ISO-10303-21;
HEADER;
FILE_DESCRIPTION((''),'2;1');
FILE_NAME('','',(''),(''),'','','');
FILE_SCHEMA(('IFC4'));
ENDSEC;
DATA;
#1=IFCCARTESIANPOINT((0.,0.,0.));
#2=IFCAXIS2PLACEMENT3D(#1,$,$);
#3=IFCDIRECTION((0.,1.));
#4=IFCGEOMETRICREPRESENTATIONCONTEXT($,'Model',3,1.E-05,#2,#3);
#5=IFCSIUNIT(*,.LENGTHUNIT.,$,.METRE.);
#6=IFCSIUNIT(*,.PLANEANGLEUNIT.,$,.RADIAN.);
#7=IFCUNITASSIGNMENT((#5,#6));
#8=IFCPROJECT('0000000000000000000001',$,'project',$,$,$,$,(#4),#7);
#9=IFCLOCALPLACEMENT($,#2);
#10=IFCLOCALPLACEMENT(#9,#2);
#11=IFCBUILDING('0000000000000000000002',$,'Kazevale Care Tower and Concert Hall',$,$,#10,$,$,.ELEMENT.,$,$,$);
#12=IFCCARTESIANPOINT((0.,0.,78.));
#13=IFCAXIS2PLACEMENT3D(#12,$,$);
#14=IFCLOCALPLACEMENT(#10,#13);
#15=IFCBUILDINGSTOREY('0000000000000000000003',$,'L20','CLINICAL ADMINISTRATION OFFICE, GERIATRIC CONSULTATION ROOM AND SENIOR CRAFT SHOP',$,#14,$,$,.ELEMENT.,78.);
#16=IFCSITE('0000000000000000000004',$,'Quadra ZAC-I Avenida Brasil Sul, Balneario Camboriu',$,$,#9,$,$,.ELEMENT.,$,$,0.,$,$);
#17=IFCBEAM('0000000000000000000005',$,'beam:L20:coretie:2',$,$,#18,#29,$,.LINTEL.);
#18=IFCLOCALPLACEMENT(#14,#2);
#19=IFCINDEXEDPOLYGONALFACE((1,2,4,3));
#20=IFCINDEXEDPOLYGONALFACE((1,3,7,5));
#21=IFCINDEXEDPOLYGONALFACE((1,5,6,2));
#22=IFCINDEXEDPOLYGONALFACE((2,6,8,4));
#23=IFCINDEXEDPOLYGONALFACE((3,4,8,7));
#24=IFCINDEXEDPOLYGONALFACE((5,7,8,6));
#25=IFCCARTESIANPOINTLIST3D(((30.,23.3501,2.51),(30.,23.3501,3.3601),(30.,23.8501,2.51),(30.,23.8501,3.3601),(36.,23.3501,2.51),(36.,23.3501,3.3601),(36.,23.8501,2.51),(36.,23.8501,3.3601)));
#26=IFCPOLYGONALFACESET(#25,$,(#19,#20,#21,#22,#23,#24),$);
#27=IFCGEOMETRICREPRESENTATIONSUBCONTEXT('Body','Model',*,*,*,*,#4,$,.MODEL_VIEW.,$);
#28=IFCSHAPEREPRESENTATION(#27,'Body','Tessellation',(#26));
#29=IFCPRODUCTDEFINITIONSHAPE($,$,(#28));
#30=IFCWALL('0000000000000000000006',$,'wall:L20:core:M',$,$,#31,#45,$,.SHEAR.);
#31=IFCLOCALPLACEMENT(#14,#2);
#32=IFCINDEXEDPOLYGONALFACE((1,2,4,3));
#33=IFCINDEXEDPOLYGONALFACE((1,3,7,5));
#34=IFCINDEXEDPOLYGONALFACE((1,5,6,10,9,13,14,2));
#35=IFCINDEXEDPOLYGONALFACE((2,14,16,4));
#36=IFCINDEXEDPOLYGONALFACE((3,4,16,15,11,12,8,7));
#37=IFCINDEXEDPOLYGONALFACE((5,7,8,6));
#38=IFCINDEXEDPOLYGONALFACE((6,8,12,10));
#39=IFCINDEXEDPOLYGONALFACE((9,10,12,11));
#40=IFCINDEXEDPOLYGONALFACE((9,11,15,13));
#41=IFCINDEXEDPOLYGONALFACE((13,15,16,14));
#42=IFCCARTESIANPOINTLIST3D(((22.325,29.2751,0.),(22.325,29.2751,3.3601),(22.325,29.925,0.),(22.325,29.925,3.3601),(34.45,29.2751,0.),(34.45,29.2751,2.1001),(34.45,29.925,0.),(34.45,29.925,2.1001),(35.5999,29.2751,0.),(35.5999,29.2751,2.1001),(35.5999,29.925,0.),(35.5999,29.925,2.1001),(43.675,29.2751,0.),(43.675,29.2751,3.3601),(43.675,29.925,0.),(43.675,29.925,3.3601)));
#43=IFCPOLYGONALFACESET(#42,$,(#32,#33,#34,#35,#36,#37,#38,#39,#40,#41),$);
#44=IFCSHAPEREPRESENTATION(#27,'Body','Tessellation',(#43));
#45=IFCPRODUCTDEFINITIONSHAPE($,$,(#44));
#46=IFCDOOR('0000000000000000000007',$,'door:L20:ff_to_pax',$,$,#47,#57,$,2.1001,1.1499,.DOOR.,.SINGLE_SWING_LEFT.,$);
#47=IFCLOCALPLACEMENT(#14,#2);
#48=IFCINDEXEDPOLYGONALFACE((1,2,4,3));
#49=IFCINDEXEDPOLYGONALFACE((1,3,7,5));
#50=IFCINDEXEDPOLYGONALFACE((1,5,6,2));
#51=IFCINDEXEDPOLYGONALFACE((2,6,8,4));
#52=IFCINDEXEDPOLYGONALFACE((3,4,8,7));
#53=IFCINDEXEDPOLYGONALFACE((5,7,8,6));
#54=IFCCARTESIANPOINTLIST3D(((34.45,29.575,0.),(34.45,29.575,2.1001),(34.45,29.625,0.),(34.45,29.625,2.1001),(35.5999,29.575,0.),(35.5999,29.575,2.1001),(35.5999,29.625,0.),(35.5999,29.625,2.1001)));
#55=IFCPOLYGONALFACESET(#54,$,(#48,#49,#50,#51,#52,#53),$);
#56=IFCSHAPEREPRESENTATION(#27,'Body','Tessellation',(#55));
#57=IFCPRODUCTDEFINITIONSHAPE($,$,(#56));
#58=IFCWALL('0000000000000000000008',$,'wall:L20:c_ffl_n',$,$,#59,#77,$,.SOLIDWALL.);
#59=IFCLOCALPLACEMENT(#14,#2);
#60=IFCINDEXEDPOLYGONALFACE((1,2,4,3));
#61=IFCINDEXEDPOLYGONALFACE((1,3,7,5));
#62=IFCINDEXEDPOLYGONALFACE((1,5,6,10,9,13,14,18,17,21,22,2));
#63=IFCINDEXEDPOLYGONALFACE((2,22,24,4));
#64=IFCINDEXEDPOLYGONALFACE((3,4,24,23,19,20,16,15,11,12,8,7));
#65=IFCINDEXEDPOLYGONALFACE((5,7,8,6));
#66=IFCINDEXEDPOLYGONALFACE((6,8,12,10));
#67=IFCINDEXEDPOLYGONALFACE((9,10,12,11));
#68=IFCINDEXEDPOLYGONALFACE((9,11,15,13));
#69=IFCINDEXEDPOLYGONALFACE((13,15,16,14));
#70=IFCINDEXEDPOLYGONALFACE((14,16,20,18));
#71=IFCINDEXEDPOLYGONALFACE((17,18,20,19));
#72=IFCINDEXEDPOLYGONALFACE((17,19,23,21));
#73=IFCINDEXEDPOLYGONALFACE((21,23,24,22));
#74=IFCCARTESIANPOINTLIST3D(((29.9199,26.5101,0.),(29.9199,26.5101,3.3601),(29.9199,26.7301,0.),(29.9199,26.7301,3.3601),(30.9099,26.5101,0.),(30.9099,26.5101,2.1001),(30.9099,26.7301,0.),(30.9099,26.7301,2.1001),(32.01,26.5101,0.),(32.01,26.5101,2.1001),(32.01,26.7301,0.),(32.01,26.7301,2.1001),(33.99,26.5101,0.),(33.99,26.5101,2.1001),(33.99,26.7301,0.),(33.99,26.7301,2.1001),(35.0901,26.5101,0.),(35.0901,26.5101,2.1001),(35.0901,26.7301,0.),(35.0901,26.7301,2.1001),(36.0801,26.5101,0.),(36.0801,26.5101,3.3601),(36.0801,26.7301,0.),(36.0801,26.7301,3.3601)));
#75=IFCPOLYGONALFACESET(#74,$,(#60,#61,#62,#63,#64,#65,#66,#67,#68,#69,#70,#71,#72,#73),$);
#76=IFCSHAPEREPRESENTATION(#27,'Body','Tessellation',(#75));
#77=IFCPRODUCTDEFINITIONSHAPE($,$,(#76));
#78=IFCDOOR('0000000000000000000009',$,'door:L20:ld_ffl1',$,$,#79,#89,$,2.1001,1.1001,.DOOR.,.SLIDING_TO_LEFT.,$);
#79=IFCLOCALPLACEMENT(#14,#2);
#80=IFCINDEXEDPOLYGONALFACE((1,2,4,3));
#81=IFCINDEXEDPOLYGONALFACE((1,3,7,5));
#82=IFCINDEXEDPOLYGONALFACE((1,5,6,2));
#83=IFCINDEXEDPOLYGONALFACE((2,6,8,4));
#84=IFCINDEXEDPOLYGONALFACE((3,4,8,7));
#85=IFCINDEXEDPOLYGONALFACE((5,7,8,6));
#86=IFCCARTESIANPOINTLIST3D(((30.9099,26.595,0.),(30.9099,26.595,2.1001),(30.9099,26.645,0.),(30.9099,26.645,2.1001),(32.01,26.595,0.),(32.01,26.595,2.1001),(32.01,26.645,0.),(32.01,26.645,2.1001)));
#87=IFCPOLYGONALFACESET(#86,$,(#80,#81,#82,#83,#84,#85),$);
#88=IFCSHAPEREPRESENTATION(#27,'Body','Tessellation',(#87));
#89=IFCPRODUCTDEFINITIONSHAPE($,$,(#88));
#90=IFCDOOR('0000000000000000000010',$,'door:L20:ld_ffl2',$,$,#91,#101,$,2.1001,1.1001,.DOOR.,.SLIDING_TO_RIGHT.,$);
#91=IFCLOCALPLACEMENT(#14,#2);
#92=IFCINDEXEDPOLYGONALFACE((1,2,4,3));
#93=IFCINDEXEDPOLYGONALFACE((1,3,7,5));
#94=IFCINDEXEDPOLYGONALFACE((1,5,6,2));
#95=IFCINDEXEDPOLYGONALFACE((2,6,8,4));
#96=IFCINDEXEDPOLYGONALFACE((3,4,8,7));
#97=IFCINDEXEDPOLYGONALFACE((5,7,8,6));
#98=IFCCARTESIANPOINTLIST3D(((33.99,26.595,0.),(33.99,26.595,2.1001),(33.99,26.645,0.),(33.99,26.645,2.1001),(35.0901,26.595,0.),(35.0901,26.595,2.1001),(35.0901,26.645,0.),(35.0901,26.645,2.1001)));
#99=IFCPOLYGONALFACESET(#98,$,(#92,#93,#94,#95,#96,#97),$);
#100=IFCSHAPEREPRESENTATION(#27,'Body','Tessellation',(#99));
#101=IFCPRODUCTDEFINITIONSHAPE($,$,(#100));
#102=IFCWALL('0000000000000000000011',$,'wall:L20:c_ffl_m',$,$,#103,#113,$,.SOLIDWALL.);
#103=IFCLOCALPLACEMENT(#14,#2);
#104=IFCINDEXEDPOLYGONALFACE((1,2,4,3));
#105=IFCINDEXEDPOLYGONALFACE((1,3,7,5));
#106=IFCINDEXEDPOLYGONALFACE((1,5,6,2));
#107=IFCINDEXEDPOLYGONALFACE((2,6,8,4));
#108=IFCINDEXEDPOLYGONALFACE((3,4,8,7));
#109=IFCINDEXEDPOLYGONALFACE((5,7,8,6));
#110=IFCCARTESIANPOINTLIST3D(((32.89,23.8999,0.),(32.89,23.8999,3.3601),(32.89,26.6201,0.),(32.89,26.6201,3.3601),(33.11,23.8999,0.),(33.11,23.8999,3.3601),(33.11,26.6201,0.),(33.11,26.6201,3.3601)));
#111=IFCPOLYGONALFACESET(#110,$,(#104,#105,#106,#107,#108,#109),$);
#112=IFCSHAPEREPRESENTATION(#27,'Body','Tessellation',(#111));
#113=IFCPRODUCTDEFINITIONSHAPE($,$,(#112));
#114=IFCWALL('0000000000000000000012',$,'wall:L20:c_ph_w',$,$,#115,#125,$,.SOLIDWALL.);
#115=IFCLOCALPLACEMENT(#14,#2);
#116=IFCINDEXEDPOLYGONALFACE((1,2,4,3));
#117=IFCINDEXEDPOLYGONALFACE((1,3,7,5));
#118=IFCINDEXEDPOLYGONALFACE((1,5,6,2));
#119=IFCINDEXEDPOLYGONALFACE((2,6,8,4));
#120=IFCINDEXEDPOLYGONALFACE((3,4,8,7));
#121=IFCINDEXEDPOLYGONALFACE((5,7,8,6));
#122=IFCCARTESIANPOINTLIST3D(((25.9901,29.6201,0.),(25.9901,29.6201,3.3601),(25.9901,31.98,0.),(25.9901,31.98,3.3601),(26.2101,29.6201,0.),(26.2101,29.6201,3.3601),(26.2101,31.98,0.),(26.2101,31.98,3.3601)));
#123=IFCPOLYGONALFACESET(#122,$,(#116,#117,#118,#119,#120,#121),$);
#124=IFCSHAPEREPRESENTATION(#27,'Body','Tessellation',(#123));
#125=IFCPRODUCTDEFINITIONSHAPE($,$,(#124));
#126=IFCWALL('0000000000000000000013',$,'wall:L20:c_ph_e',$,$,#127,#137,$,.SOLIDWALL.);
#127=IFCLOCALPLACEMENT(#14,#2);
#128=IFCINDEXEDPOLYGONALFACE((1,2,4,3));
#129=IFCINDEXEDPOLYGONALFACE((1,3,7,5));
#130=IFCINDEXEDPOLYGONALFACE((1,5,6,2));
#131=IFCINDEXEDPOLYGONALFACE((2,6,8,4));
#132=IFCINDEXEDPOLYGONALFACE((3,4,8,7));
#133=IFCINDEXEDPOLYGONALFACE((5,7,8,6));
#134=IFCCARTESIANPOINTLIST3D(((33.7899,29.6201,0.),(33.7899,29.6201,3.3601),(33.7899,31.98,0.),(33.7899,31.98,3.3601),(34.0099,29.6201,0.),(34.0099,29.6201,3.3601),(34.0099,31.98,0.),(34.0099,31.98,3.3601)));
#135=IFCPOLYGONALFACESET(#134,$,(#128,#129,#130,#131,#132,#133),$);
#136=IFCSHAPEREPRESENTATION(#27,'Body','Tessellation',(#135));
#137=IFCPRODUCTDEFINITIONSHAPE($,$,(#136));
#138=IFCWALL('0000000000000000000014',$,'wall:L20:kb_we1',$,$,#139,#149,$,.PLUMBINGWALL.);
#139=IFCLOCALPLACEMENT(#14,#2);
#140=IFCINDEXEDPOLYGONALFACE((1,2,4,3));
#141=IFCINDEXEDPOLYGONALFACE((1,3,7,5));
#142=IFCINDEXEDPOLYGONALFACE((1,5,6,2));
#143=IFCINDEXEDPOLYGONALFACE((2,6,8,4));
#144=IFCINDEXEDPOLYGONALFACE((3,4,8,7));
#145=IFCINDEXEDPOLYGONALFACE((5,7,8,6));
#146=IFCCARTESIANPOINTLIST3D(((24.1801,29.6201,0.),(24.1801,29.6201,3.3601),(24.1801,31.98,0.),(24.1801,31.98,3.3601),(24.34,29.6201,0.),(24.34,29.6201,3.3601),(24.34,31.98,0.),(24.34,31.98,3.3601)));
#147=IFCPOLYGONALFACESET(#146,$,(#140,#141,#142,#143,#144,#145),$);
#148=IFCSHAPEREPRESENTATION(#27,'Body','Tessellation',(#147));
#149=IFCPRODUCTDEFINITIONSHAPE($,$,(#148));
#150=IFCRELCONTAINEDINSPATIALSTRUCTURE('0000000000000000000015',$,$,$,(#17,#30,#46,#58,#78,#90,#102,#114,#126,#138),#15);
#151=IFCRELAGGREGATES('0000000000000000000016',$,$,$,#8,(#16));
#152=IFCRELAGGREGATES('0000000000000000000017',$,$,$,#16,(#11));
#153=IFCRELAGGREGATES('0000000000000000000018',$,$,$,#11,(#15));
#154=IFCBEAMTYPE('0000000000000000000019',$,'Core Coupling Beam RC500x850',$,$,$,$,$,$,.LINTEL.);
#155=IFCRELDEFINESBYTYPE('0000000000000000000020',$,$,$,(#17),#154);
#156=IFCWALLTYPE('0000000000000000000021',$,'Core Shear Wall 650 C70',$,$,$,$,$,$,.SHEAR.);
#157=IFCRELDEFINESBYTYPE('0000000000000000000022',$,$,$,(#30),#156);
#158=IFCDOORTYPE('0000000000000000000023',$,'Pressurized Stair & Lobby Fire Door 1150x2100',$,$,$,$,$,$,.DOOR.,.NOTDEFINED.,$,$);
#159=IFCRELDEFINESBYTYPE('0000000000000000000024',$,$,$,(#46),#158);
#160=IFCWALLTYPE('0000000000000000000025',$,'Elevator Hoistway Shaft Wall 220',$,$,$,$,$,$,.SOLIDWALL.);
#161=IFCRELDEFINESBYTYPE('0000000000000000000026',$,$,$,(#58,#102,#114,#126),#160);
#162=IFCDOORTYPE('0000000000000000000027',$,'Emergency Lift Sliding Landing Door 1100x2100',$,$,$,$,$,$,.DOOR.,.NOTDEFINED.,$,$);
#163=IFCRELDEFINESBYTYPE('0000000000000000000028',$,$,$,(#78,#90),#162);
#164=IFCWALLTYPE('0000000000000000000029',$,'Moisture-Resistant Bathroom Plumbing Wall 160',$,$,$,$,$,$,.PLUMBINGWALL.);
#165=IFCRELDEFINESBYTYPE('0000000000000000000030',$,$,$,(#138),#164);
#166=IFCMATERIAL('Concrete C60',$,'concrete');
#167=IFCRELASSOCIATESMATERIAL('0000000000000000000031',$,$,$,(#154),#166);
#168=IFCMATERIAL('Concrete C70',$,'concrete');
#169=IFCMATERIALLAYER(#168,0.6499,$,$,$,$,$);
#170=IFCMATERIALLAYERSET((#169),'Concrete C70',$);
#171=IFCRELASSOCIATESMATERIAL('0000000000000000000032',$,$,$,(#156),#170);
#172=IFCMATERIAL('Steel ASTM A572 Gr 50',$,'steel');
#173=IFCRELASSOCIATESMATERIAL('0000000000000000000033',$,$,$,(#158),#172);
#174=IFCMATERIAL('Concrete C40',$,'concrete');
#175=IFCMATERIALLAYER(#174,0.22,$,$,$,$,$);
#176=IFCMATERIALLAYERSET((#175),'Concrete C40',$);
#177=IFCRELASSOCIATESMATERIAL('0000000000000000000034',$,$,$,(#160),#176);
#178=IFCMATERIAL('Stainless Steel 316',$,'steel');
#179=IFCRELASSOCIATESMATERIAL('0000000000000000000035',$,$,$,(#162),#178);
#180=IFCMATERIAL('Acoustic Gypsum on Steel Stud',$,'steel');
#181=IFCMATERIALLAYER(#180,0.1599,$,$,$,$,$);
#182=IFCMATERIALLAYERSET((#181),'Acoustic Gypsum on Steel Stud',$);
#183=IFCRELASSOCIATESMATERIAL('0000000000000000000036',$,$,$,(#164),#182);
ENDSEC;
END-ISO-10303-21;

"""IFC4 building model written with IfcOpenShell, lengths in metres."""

from ifc_helpers import new_model, si_unit, direction, frame, frame_2d, origin, origin_2d, place, context, subcontext, project, spatial, rectangle, extrude, material, layer, layer_set, material_profile, profile_set, type_object, element, fill, save


model = new_model("IFC4")

# Units and contexts
model_context = context("Model", 3, precision=1e-05, world=origin(), true_north=direction((0.0, 1.0)))
body_context = subcontext(model_context, "Body", "Model", "MODEL_VIEW")
ifc_project = project(units=[si_unit("LENGTHUNIT", "METRE"), si_unit("PLANEANGLEUNIT", "RADIAN")], contexts=[model_context])

# Site, building, storey
site_placement = place(None, origin())
site = spatial("IfcSite", under=ifc_project, at=site_placement, Name="Quadra ZAC-I Avenida Brasil Sul, Balneario Camboriu", CompositionType="ELEMENT", RefElevation=0.0)
building_placement = place(site_placement, origin())
building = spatial("IfcBuilding", under=site, at=building_placement, Name="Kazevale Care Tower and Concert Hall", CompositionType="ELEMENT")
storey_placement = place(building_placement, frame((0.0, 0.0, 78.0)))
storey = spatial("IfcBuildingStorey", under=building, at=storey_placement, Name="L20", Description="CLINICAL ADMINISTRATION OFFICE, GERIATRIC CONSULTATION ROOM AND SENIOR CRAFT SHOP", CompositionType="ELEMENT", Elevation=78.0)

# Beam
ifc_material_1 = material(Name="Concrete C60", Category="concrete")
ifc_material_profile = material_profile(ifc_material_1, rectangle(XDim=0.5, YDim=0.8501, at=origin_2d()), Name="RC-B500x850")
ifc_profile_set = profile_set([ifc_material_profile], Name="Concrete C60")
beam_type = type_object("IfcBeamType", Name="Core Coupling Beam RC500x850", PredefinedType="LINTEL", material=ifc_profile_set)
beam_placement = place(storey_placement, frame((30.0, 23.6001, 2.9351), z_axis=(1.0, 0.0, 0.0), x_axis=(0.0, 1.0, 0.0)))
element("IfcBeam", 1, at=beam_placement, inside=storey, type_object=beam_type, Name="beam:L20:coretie:2", PredefinedType="LINTEL", context=body_context, shape_type="SweptSolid", body=[
    extrude(rectangle(XDim=0.5, YDim=0.8501, at=origin_2d()), origin(), (0.0, 0.0, 1.0), 6.0),
])

# Wall, opening, door
ifc_material_2 = material(Name="Concrete C70", Category="concrete")
ifc_layer_1 = layer(ifc_material_2, 0.6499)
ifc_layer_set_1 = layer_set([ifc_layer_1], Name="Concrete C70")
wall_type_1 = type_object("IfcWallType", Name="Core Shear Wall 650 C70", PredefinedType="SHEAR", material=ifc_layer_set_1)
wall_1_placement = place(storey_placement, frame((22.325, 29.6001, 0.0), z_axis=(0.0, 0.0, 1.0), x_axis=(1.0, 0.0, 0.0)))
wall_1 = element("IfcWall", 2, at=wall_1_placement, inside=storey, type_object=wall_type_1, Name="wall:L20:core:M", PredefinedType="SHEAR", context=body_context, shape_type="SweptSolid", body=[
    extrude(rectangle(XDim=21.3501, YDim=0.6499, at=frame_2d((10.675, 0.0))), origin(), (0.0, 0.0, 1.0), 3.3601),
])
opening_1_placement = place(wall_1_placement, frame((12.125, 0.0, 0.0)))
opening_1 = element("IfcOpeningElement", 3, at=opening_1_placement, cuts=wall_1, PredefinedType="OPENING", context=body_context, shape_type="SweptSolid", body=[
    extrude(rectangle(XDim=1.1499, YDim=2.1001, at=frame_2d((0.575, 1.05))), frame((0.0, 0.335, 0.0), z_axis=(0.0, -1.0, 0.0), x_axis=(1.0, 0.0, 0.0)), (0.0, 0.0, 1.0), 0.6699),
])
ifc_material_3 = material(Name="Steel ASTM A572 Gr 50", Category="steel")
door_type_1 = type_object("IfcDoorType", Name="Pressurized Stair & Lobby Fire Door 1150x2100", OperationType="NOTDEFINED", PredefinedType="DOOR", material=ifc_material_3)
door_1_placement = place(opening_1_placement, origin())
door_1 = element("IfcDoor", 4, at=door_1_placement, inside=storey, type_object=door_type_1, Name="door:L20:ff_to_pax", OperationType="SINGLE_SWING_LEFT", OverallHeight=2.1001, OverallWidth=1.1499, PredefinedType="DOOR", context=body_context, shape_type="SweptSolid", body=[
    extrude(rectangle(XDim=1.1499, YDim=2.1001, at=frame_2d((0.575, 1.05))), frame((0.0, 0.0249, 0.0), z_axis=(0.0, -1.0, 0.0), x_axis=(1.0, 0.0, 0.0)), (0.0, 0.0, 1.0), 0.05),
])
fill(opening_1, door_1)

# Wall, openings, doors
ifc_material_4 = material(Name="Concrete C40", Category="concrete")
ifc_layer_2 = layer(ifc_material_4, 0.22)
ifc_layer_set_2 = layer_set([ifc_layer_2], Name="Concrete C40")
wall_type_2 = type_object("IfcWallType", Name="Elevator Hoistway Shaft Wall 220", PredefinedType="SOLIDWALL", material=ifc_layer_set_2)
wall_2_placement = place(storey_placement, frame((29.9199, 26.6201, 0.0), z_axis=(0.0, 0.0, 1.0), x_axis=(1.0, 0.0, 0.0)))
wall_2 = element("IfcWall", 5, at=wall_2_placement, inside=storey, type_object=wall_type_2, Name="wall:L20:c_ffl_n", PredefinedType="SOLIDWALL", context=body_context, shape_type="SweptSolid", body=[
    extrude(rectangle(XDim=6.1602, YDim=0.22, at=frame_2d((3.0801, 0.0))), origin(), (0.0, 0.0, 1.0), 3.3601),
])
opening_2_placement = place(wall_2_placement, frame((0.99, 0.0, 0.0)))
opening_2 = element("IfcOpeningElement", 6, at=opening_2_placement, cuts=wall_2, PredefinedType="OPENING", context=body_context, shape_type="SweptSolid", body=[
    extrude(rectangle(XDim=1.1001, YDim=2.1001, at=frame_2d((0.55, 1.05))), frame((0.0, 0.1199, 0.0), z_axis=(0.0, -1.0, 0.0), x_axis=(1.0, 0.0, 0.0)), (0.0, 0.0, 1.0), 0.24),
])
opening_3_placement = place(wall_2_placement, frame((4.0701, 0.0, 0.0)))
opening_3 = element("IfcOpeningElement", 7, at=opening_3_placement, cuts=wall_2, PredefinedType="OPENING", context=body_context, shape_type="SweptSolid", body=[
    extrude(rectangle(XDim=1.1001, YDim=2.1001, at=frame_2d((0.55, 1.05))), frame((0.0, 0.1199, 0.0), z_axis=(0.0, -1.0, 0.0), x_axis=(1.0, 0.0, 0.0)), (0.0, 0.0, 1.0), 0.24),
])
ifc_material_5 = material(Name="Stainless Steel 316", Category="steel")
door_type_2 = type_object("IfcDoorType", Name="Emergency Lift Sliding Landing Door 1100x2100", OperationType="NOTDEFINED", PredefinedType="DOOR", material=ifc_material_5)
door_2_placement = place(opening_2_placement, origin())
door_2 = element("IfcDoor", 8, at=door_2_placement, inside=storey, type_object=door_type_2, Name="door:L20:ld_ffl1", OperationType="SLIDING_TO_LEFT", OverallHeight=2.1001, OverallWidth=1.1001, PredefinedType="DOOR", context=body_context, shape_type="SweptSolid", body=[
    extrude(rectangle(XDim=1.1001, YDim=2.1001, at=frame_2d((0.55, 1.05))), frame((0.0, 0.0249, 0.0), z_axis=(0.0, -1.0, 0.0), x_axis=(1.0, 0.0, 0.0)), (0.0, 0.0, 1.0), 0.05),
])
fill(opening_2, door_2)
door_3_placement = place(opening_3_placement, origin())
door_3 = element("IfcDoor", 9, at=door_3_placement, inside=storey, type_object=door_type_2, Name="door:L20:ld_ffl2", OperationType="SLIDING_TO_RIGHT", OverallHeight=2.1001, OverallWidth=1.1001, PredefinedType="DOOR", context=body_context, shape_type="SweptSolid", body=[
    extrude(rectangle(XDim=1.1001, YDim=2.1001, at=frame_2d((0.55, 1.05))), frame((0.0, 0.0249, 0.0), z_axis=(0.0, -1.0, 0.0), x_axis=(1.0, 0.0, 0.0)), (0.0, 0.0, 1.0), 0.05),
])
fill(opening_3, door_3)

# Walls
wall_3_placement = place(storey_placement, frame((33.0, 23.8999, 0.0), z_axis=(0.0, 0.0, 1.0), x_axis=(0.0, 1.0, 0.0)))
element("IfcWall", 10, at=wall_3_placement, inside=storey, type_object=wall_type_2, Name="wall:L20:c_ffl_m", PredefinedType="SOLIDWALL", context=body_context, shape_type="SweptSolid", body=[
    extrude(rectangle(XDim=2.7202, YDim=0.22, at=frame_2d((1.3601, 0.0))), origin(), (0.0, 0.0, 1.0), 3.3601),
])
for number, where, z_axis, x_axis, name in (
    (11, (26.1001, 29.6201, 0.0), (0.0, 0.0, 1.0), (0.0, 1.0, 0.0), "wall:L20:c_ph_w"),
    (12, (33.8999, 29.6201, 0.0), (0.0, 0.0, 1.0), (0.0, 1.0, 0.0), "wall:L20:c_ph_e"),
):
    element("IfcWall", number, at=place(storey_placement, frame(where, z_axis=z_axis, x_axis=x_axis)), inside=storey, type_object=wall_type_2, Name=name, PredefinedType="SOLIDWALL", context=body_context, shape_type="SweptSolid", body=[
        extrude(rectangle(XDim=2.3599, YDim=0.22, at=frame_2d((1.1799, 0.0))), origin(), (0.0, 0.0, 1.0), 3.3601),
    ])
ifc_material_6 = material(Name="Acoustic Gypsum on Steel Stud", Category="steel")
ifc_layer_3 = layer(ifc_material_6, 0.1599)
ifc_layer_set_3 = layer_set([ifc_layer_3], Name="Acoustic Gypsum on Steel Stud")
wall_type_3 = type_object("IfcWallType", Name="Moisture-Resistant Bathroom Plumbing Wall 160", PredefinedType="PLUMBINGWALL", material=ifc_layer_set_3)
wall_4_placement = place(storey_placement, frame((24.26, 29.6201, 0.0), z_axis=(0.0, 0.0, 1.0), x_axis=(0.0, 1.0, 0.0)))
element("IfcWall", 13, at=wall_4_placement, inside=storey, type_object=wall_type_3, Name="wall:L20:kb_we1", PredefinedType="PLUMBINGWALL", context=body_context, shape_type="SweptSolid", body=[
    extrude(rectangle(XDim=2.3599, YDim=0.1599, at=frame_2d((1.1799, 0.0))), origin(), (0.0, 0.0, 1.0), 3.3601),
])

save(model, "model.ifc")
